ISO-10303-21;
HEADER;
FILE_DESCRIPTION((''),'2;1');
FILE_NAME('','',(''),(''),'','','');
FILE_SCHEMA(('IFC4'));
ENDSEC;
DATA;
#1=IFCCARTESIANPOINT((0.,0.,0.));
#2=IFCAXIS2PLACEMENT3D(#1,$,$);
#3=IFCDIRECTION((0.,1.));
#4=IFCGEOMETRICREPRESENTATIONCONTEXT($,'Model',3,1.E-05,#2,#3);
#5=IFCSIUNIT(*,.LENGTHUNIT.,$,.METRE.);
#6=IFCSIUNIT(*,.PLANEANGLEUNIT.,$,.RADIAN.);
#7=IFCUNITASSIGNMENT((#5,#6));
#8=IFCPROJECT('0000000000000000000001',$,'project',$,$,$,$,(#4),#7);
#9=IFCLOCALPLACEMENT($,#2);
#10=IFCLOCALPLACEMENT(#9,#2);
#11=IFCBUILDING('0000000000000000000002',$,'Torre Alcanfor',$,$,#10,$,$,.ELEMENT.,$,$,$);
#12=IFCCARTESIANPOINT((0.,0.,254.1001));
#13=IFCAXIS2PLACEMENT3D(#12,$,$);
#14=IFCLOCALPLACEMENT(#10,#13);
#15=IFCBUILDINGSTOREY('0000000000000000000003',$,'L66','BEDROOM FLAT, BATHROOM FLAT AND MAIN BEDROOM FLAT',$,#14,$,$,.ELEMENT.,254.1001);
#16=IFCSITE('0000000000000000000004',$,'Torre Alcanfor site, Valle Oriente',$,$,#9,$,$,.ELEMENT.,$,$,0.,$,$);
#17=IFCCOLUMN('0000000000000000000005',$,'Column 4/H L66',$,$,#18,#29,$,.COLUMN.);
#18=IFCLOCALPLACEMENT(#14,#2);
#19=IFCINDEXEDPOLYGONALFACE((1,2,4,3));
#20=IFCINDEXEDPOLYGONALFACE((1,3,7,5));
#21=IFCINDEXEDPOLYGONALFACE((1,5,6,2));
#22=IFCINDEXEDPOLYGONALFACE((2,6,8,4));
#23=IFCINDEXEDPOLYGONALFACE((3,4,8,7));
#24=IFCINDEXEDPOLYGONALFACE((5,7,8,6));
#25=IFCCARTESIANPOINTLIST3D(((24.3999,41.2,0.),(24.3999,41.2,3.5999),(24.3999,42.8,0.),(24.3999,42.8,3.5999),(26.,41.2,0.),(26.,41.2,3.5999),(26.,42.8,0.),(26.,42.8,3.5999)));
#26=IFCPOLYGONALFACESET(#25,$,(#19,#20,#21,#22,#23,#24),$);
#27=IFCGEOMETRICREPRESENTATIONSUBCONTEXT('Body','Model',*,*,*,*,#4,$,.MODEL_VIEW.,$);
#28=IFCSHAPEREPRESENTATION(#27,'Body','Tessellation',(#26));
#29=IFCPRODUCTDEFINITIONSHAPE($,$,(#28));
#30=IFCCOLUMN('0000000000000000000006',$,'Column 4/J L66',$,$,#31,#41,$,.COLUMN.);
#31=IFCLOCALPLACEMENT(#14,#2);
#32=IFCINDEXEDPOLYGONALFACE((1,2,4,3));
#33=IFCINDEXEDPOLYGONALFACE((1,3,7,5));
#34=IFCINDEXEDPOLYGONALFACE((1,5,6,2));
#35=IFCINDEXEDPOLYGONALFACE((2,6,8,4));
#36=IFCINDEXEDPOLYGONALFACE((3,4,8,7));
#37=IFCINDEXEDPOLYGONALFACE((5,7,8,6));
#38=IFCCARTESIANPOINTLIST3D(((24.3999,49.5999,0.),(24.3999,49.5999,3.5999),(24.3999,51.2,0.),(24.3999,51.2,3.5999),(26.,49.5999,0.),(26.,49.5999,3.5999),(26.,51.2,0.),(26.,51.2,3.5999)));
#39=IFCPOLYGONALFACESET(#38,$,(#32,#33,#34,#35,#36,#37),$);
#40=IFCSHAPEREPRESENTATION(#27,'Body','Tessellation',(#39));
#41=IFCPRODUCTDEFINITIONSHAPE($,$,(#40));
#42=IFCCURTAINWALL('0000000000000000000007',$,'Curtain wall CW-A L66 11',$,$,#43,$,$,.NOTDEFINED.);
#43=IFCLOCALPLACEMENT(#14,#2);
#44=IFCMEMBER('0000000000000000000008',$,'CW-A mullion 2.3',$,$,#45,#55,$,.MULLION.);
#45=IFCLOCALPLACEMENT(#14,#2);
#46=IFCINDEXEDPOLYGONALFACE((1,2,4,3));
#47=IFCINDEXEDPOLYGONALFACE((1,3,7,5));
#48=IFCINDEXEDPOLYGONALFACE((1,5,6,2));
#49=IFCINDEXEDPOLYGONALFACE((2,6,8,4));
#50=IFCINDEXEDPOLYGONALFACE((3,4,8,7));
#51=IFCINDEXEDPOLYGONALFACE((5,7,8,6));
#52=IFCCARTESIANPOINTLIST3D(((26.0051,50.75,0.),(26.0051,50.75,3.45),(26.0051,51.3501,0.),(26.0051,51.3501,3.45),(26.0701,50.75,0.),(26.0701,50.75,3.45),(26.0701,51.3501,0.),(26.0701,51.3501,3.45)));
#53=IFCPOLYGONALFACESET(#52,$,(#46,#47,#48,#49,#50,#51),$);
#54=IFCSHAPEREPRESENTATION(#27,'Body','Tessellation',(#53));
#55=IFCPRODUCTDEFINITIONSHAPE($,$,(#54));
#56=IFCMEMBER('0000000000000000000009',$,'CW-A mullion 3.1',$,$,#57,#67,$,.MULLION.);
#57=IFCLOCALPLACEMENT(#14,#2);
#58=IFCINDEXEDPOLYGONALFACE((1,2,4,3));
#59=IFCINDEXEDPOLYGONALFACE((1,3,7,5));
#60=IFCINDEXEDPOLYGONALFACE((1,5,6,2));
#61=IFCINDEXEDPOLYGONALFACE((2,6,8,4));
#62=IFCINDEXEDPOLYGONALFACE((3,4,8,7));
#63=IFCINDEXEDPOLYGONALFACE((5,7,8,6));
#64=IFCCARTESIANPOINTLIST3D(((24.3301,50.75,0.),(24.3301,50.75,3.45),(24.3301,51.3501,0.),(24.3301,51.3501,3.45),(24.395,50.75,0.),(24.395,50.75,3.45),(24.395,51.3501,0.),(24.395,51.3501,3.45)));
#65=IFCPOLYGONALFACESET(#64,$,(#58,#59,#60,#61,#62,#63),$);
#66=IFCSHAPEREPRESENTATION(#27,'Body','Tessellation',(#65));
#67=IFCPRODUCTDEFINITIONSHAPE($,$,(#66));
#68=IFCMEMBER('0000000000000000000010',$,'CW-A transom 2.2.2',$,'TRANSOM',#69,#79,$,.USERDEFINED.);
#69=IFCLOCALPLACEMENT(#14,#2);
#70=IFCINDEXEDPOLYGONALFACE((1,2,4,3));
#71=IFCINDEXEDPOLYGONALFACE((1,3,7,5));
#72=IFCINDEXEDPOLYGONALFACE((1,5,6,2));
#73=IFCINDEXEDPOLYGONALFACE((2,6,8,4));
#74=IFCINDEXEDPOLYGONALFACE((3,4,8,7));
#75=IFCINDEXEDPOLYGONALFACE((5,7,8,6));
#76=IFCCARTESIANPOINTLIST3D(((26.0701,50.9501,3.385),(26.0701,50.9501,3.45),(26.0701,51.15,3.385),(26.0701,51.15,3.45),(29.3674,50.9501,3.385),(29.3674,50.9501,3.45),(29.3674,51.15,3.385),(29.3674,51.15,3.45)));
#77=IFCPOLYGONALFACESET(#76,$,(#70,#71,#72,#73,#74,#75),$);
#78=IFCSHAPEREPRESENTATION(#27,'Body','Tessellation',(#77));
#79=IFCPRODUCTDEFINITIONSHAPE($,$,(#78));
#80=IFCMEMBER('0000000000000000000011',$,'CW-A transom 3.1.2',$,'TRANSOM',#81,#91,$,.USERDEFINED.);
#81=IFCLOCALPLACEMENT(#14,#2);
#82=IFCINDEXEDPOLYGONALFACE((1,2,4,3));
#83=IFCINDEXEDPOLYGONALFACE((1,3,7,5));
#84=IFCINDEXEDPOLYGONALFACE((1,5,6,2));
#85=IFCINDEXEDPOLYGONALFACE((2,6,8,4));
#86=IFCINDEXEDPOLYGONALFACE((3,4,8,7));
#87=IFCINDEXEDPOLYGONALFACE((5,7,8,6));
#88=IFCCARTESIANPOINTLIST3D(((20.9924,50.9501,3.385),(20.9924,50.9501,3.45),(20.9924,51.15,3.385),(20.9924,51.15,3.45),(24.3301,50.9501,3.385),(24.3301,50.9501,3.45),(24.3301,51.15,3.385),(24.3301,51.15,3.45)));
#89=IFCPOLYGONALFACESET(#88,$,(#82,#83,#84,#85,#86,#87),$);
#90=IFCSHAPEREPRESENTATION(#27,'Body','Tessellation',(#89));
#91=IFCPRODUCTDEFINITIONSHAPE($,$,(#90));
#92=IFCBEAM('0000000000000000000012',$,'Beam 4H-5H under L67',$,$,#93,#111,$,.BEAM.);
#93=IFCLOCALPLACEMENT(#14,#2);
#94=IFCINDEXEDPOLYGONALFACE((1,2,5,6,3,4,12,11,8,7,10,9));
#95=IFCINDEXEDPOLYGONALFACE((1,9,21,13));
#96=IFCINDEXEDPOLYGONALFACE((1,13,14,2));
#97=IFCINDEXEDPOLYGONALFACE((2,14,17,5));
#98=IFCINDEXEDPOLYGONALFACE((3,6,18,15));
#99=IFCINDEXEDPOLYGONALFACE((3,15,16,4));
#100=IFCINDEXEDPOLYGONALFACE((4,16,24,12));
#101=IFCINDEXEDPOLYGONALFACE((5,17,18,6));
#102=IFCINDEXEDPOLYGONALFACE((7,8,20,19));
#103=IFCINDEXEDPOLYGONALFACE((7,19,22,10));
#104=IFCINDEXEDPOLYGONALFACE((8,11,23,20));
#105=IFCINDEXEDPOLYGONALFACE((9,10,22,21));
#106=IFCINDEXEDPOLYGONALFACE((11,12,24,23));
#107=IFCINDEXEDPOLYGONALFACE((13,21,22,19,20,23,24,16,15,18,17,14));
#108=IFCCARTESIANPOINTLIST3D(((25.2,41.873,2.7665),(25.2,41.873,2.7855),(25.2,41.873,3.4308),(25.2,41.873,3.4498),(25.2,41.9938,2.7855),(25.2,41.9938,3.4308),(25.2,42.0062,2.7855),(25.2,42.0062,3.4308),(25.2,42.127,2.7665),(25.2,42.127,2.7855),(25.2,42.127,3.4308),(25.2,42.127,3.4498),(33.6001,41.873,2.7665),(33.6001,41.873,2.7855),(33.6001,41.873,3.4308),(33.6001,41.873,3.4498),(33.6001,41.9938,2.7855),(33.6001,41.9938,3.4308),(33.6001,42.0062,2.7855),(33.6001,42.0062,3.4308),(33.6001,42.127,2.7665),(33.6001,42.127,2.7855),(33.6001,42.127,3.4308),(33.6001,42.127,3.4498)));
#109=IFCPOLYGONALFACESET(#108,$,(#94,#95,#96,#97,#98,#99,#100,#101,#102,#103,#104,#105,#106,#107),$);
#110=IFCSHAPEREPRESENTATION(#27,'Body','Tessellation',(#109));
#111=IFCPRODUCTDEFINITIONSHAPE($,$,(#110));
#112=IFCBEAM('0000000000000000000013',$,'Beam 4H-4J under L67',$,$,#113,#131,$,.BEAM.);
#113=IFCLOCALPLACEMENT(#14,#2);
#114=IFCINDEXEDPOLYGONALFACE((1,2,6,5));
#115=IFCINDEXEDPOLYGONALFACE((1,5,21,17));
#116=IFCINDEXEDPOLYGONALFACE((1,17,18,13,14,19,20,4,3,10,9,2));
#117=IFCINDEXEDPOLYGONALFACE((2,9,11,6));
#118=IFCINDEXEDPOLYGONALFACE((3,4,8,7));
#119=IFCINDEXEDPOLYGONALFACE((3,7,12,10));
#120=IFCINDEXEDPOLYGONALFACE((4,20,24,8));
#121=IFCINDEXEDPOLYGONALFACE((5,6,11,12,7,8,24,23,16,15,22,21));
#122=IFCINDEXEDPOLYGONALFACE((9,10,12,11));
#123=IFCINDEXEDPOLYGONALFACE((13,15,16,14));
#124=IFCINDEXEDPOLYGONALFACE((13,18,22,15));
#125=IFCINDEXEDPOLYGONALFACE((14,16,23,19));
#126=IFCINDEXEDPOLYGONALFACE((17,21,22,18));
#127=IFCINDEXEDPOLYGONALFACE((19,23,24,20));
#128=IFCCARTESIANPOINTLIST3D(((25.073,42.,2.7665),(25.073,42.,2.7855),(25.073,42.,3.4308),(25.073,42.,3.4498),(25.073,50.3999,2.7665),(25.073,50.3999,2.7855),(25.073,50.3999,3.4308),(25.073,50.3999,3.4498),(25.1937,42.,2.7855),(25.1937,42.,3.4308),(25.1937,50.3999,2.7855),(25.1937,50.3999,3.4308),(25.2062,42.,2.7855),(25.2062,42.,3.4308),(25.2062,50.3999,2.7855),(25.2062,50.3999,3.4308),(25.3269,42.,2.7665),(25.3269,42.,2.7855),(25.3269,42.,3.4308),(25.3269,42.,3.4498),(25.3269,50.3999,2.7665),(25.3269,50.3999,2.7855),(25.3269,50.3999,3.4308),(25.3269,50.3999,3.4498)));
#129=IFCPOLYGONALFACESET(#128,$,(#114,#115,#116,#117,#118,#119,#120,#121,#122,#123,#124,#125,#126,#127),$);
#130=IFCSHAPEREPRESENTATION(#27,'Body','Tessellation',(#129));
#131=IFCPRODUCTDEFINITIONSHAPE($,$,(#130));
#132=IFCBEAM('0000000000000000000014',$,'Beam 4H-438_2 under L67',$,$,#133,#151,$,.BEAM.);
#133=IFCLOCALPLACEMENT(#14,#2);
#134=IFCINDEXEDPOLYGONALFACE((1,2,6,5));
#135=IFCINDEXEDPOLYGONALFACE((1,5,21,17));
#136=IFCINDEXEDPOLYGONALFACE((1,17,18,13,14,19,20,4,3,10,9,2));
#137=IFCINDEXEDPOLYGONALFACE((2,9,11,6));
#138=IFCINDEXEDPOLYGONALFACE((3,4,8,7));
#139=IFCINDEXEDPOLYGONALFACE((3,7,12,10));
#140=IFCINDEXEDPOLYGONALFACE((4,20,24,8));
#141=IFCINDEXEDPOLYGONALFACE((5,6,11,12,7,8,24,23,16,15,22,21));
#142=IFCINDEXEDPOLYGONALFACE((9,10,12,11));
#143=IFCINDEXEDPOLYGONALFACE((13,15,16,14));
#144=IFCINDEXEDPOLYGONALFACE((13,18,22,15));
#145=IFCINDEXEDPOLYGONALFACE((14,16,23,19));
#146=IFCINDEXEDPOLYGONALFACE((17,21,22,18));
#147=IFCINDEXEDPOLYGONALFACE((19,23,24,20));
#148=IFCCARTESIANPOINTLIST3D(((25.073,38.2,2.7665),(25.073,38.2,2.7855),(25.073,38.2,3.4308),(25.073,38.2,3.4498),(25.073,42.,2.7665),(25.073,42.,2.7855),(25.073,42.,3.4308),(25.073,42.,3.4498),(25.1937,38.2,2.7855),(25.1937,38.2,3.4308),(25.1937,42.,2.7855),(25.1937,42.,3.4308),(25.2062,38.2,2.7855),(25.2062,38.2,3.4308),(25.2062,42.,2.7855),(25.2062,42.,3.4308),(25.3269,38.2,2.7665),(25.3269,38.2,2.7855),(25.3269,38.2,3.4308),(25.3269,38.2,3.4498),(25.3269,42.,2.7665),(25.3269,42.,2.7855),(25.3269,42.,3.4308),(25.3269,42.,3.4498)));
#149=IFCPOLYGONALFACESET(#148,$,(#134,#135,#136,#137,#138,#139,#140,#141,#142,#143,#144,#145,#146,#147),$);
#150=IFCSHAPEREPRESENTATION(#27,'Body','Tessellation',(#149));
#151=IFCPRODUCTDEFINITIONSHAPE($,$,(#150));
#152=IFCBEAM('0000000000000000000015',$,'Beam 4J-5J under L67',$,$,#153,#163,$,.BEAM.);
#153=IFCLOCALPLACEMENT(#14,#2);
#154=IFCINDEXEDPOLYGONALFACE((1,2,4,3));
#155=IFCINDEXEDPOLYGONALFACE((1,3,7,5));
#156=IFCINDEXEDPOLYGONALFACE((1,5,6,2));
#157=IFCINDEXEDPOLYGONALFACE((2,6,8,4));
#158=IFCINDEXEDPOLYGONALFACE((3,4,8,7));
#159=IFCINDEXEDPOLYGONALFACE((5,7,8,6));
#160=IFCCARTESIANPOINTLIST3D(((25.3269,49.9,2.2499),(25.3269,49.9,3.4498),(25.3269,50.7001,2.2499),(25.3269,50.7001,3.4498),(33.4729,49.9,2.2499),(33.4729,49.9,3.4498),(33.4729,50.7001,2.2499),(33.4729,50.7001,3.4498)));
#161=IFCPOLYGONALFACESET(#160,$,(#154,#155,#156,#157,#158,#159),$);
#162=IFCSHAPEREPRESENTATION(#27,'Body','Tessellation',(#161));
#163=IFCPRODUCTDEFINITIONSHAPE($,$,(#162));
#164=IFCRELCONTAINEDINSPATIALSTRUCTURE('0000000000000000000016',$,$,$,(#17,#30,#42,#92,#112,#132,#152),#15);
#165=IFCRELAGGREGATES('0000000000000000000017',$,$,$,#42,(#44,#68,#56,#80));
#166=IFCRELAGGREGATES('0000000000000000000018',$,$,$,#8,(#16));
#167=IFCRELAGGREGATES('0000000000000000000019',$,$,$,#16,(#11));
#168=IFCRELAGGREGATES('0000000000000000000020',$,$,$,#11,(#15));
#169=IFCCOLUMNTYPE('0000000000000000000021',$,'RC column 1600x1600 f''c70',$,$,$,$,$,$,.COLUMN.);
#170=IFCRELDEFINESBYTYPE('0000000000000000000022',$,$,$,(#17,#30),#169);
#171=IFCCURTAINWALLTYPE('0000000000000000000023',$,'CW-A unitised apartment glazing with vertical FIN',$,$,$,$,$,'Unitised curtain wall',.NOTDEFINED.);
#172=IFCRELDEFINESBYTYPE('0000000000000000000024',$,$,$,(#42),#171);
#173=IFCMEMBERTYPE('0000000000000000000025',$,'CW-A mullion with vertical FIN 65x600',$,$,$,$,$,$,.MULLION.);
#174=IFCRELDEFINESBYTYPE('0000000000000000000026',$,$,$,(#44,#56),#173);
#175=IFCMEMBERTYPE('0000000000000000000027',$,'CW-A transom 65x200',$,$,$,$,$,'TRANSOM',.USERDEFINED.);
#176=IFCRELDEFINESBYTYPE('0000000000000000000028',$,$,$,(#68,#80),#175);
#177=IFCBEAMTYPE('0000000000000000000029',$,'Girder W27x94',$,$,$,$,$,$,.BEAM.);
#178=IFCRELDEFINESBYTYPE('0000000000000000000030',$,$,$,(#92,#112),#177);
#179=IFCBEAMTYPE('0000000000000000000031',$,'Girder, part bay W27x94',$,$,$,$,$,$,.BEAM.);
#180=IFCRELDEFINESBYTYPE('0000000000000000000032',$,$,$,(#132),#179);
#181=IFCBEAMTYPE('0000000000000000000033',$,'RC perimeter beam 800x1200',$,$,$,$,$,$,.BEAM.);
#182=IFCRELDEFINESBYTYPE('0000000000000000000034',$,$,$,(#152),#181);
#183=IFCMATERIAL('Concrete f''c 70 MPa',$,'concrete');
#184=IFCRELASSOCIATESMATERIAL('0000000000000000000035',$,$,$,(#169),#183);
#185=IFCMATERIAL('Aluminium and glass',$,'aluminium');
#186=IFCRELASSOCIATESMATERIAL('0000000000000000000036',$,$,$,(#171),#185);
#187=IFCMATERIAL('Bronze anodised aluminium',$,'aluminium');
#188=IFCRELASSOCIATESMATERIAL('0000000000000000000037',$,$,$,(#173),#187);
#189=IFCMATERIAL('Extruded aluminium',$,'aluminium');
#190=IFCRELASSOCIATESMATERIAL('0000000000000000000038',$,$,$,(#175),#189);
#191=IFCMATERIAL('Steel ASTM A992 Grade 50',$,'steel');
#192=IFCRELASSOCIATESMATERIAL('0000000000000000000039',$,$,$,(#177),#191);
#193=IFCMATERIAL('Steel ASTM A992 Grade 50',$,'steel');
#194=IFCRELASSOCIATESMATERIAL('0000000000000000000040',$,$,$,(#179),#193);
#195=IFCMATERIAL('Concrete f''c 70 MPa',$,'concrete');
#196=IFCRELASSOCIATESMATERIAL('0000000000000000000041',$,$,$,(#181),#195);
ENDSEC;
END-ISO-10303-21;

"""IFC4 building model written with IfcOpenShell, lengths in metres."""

from ifc_helpers import new_model, si_unit, direction, frame, origin, origin_2d, place, context, subcontext, project, spatial, rectangle, i_section, extrude, material, material_profile, profile_set, type_object, element, aggregate, save


model = new_model("IFC4")

# Units and contexts
model_context = context("Model", 3, precision=1e-05, world=origin(), true_north=direction((0.0, 1.0)))
body_context = subcontext(model_context, "Body", "Model", "MODEL_VIEW")
ifc_project = project(units=[si_unit("LENGTHUNIT", "METRE"), si_unit("PLANEANGLEUNIT", "RADIAN")], contexts=[model_context])

# Site, building, storey
site_placement = place(None, origin())
site = spatial("IfcSite", under=ifc_project, at=site_placement, Name="Torre Alcanfor site, Valle Oriente", CompositionType="ELEMENT", RefElevation=0.0)
building_placement = place(site_placement, origin())
building = spatial("IfcBuilding", under=site, at=building_placement, Name="Torre Alcanfor", CompositionType="ELEMENT")
storey_placement = place(building_placement, frame((0.0, 0.0, 254.1001)))
storey = spatial("IfcBuildingStorey", under=building, at=storey_placement, Name="L66", Description="BEDROOM FLAT, BATHROOM FLAT AND MAIN BEDROOM FLAT", CompositionType="ELEMENT", Elevation=254.1001)

# Columns
ifc_material_1 = material(Name="Concrete f'c 70 MPa", Category="concrete")
ifc_material_profile_1 = material_profile(ifc_material_1, rectangle(XDim=1.6001, YDim=1.6001, at=origin_2d()), Name="1600x1600")
ifc_profile_set_1 = profile_set([ifc_material_profile_1], Name="Concrete f'c 70 MPa")
column_type = type_object("IfcColumnType", Name="RC column 1600x1600 f'c70", PredefinedType="COLUMN", material=ifc_profile_set_1)
for number, where, z_axis, x_axis, name in (
    (1, (25.2, 42.0, 0.0), (0.0, 0.0, 1.0), (1.0, 0.0, 0.0), "Column 4/H L66"),
    (2, (25.2, 50.3999, 0.0), (0.0, 0.0, 1.0), (1.0, 0.0, 0.0), "Column 4/J L66"),
):
    element("IfcColumn", number, at=place(storey_placement, frame(where, z_axis=z_axis, x_axis=x_axis)), inside=storey, type_object=column_type, Name=name, PredefinedType="COLUMN", context=body_context, shape_type="SweptSolid", body=[
        extrude(rectangle(XDim=1.6001, YDim=1.6001, at=origin_2d()), origin(), (0.0, 0.0, 1.0), 3.5999),
    ])

# Curtain wall, members
ifc_material_2 = material(Name="Aluminium and glass", Category="aluminium")
curtain_wall_type = type_object("IfcCurtainWallType", Name="CW-A unitised apartment glazing with vertical FIN", ElementType="Unitised curtain wall", PredefinedType="NOTDEFINED", material=ifc_material_2)
curtain_wall_placement = place(storey_placement, origin())
curtain_wall = element("IfcCurtainWall", 3, at=curtain_wall_placement, inside=storey, type_object=curtain_wall_type, Name="Curtain wall CW-A L66 11", PredefinedType="NOTDEFINED")
ifc_material_3 = material(Name="Bronze anodised aluminium", Category="aluminium")
ifc_material_profile_2 = material_profile(ifc_material_3, rectangle(XDim=0.6001, YDim=0.0649, at=origin_2d()), Name="CW-A mullion 65x600")
ifc_profile_set_2 = profile_set([ifc_material_profile_2], Name="Bronze anodised aluminium")
member_type_1 = type_object("IfcMemberType", Name="CW-A mullion with vertical FIN 65x600", PredefinedType="MULLION", material=ifc_profile_set_2)
member_1_placement = place(storey_placement, frame((26.0376, 51.05, 0.0), z_axis=(0.0, 0.0, 1.0), x_axis=(0.0, -1.0, 0.0)))
member_1 = element("IfcMember", 4, at=member_1_placement, type_object=member_type_1, Name="CW-A mullion 2.3", PredefinedType="MULLION", context=body_context, shape_type="SweptSolid", body=[
    extrude(rectangle(XDim=0.6001, YDim=0.0649, at=origin_2d()), origin(), (0.0, 0.0, 1.0), 3.45),
])
member_2_placement = place(storey_placement, frame((24.3625, 51.05, 0.0), z_axis=(0.0, 0.0, 1.0), x_axis=(0.0, -1.0, 0.0)))
member_2 = element("IfcMember", 5, at=member_2_placement, type_object=member_type_1, Name="CW-A mullion 3.1", PredefinedType="MULLION", context=body_context, shape_type="SweptSolid", body=[
    extrude(rectangle(XDim=0.6001, YDim=0.0649, at=origin_2d()), origin(), (0.0, 0.0, 1.0), 3.45),
])
ifc_material_4 = material(Name="Extruded aluminium", Category="aluminium")
ifc_material_profile_3 = material_profile(ifc_material_4, rectangle(XDim=0.2, YDim=0.0649, at=origin_2d()), Name="CW-A transom 200x65")
ifc_profile_set_3 = profile_set([ifc_material_profile_3], Name="Extruded aluminium")
member_type_2 = type_object("IfcMemberType", Name="CW-A transom 65x200", ElementType="TRANSOM", PredefinedType="USERDEFINED", material=ifc_profile_set_3)
member_3_placement = place(storey_placement, frame((29.3674, 51.05, 3.4175), z_axis=(-1.0, 0.0, 0.0), x_axis=(0.0, -1.0, 0.0)))
member_3 = element("IfcMember", 6, at=member_3_placement, type_object=member_type_2, Name="CW-A transom 2.2.2", ObjectType="TRANSOM", PredefinedType="USERDEFINED", context=body_context, shape_type="SweptSolid", body=[
    extrude(rectangle(XDim=0.2, YDim=0.0649, at=origin_2d()), origin(), (0.0, 0.0, 1.0), 3.2974),
])
member_4_placement = place(storey_placement, frame((24.3301, 51.05, 3.4175), z_axis=(-1.0, 0.0, 0.0), x_axis=(0.0, -1.0, 0.0)))
member_4 = element("IfcMember", 7, at=member_4_placement, type_object=member_type_2, Name="CW-A transom 3.1.2", ObjectType="TRANSOM", PredefinedType="USERDEFINED", context=body_context, shape_type="SweptSolid", body=[
    extrude(rectangle(XDim=0.2, YDim=0.0649, at=origin_2d()), origin(), (0.0, 0.0, 1.0), 3.3376),
])

# Beams
ifc_material_5 = material(Name="Steel ASTM A992 Grade 50", Category="steel")
ifc_material_profile_4 = material_profile(ifc_material_5, i_section(OverallWidth=0.2539, OverallDepth=0.6833, WebThickness=0.0125, FlangeThickness=0.019, at=origin_2d()), Name="W27x94")
ifc_profile_set_4 = profile_set([ifc_material_profile_4], Name="Steel ASTM A992 Grade 50")
beam_type_1 = type_object("IfcBeamType", Name="Girder W27x94", PredefinedType="BEAM", material=ifc_profile_set_4)
beam_1_placement = place(storey_placement, frame((25.2, 42.0, 3.1082), z_axis=(1.0, 0.0, 0.0), x_axis=(0.0, 1.0, 0.0)))
element("IfcBeam", 8, at=beam_1_placement, inside=storey, type_object=beam_type_1, Name="Beam 4H-5H under L67", PredefinedType="BEAM", context=body_context, shape_type="SweptSolid", body=[
    extrude(i_section(OverallWidth=0.2539, OverallDepth=0.6833, WebThickness=0.0125, FlangeThickness=0.019, at=origin_2d()), origin(), (0.0, 0.0, 1.0), 8.4001),
])
beam_2_placement = place(storey_placement, frame((25.2, 42.0, 3.1082), z_axis=(0.0, 1.0, 0.0), x_axis=(-1.0, 0.0, 0.0)))
element("IfcBeam", 9, at=beam_2_placement, inside=storey, type_object=beam_type_1, Name="Beam 4H-4J under L67", PredefinedType="BEAM", context=body_context, shape_type="SweptSolid", body=[
    extrude(i_section(OverallWidth=0.2539, OverallDepth=0.6833, WebThickness=0.0125, FlangeThickness=0.019, at=origin_2d()), origin(), (0.0, 0.0, 1.0), 8.3999),
])
ifc_material_6 = material(Name="Steel ASTM A992 Grade 50", Category="steel")
ifc_material_profile_5 = material_profile(ifc_material_6, i_section(OverallWidth=0.2539, OverallDepth=0.6833, WebThickness=0.0125, FlangeThickness=0.019, at=origin_2d()), Name="W27x94")
ifc_profile_set_5 = profile_set([ifc_material_profile_5], Name="Steel ASTM A992 Grade 50")
beam_type_2 = type_object("IfcBeamType", Name="Girder, part bay W27x94", PredefinedType="BEAM", material=ifc_profile_set_5)
beam_3_placement = place(storey_placement, frame((25.2, 42.0, 3.1082), z_axis=(0.0, -1.0, 0.0), x_axis=(1.0, 0.0, 0.0)))
element("IfcBeam", 10, at=beam_3_placement, inside=storey, type_object=beam_type_2, Name="Beam 4H-438_2 under L67", PredefinedType="BEAM", context=body_context, shape_type="SweptSolid", body=[
    extrude(i_section(OverallWidth=0.2539, OverallDepth=0.6833, WebThickness=0.0125, FlangeThickness=0.019, at=origin_2d()), origin(), (0.0, 0.0, 1.0), 3.8),
])
ifc_material_7 = material(Name="Concrete f'c 70 MPa", Category="concrete")
ifc_material_profile_6 = material_profile(ifc_material_7, rectangle(XDim=0.8, YDim=1.2, at=origin_2d()), Name="800x1200")
ifc_profile_set_6 = profile_set([ifc_material_profile_6], Name="Concrete f'c 70 MPa")
beam_type_3 = type_object("IfcBeamType", Name="RC perimeter beam 800x1200", PredefinedType="BEAM", material=ifc_profile_set_6)
beam_4_placement = place(storey_placement, frame((25.3269, 50.3, 2.8499), z_axis=(1.0, 0.0, 0.0), x_axis=(0.0, 1.0, 0.0)))
element("IfcBeam", 11, at=beam_4_placement, inside=storey, type_object=beam_type_3, Name="Beam 4J-5J under L67", PredefinedType="BEAM", context=body_context, shape_type="SweptSolid", body=[
    extrude(rectangle(XDim=0.8, YDim=1.2, at=origin_2d()), origin(), (0.0, 0.0, 1.0), 8.146),
])

aggregate(curtain_wall, [member_1, member_3, member_2, member_4])

save(model, "model.ifc")
